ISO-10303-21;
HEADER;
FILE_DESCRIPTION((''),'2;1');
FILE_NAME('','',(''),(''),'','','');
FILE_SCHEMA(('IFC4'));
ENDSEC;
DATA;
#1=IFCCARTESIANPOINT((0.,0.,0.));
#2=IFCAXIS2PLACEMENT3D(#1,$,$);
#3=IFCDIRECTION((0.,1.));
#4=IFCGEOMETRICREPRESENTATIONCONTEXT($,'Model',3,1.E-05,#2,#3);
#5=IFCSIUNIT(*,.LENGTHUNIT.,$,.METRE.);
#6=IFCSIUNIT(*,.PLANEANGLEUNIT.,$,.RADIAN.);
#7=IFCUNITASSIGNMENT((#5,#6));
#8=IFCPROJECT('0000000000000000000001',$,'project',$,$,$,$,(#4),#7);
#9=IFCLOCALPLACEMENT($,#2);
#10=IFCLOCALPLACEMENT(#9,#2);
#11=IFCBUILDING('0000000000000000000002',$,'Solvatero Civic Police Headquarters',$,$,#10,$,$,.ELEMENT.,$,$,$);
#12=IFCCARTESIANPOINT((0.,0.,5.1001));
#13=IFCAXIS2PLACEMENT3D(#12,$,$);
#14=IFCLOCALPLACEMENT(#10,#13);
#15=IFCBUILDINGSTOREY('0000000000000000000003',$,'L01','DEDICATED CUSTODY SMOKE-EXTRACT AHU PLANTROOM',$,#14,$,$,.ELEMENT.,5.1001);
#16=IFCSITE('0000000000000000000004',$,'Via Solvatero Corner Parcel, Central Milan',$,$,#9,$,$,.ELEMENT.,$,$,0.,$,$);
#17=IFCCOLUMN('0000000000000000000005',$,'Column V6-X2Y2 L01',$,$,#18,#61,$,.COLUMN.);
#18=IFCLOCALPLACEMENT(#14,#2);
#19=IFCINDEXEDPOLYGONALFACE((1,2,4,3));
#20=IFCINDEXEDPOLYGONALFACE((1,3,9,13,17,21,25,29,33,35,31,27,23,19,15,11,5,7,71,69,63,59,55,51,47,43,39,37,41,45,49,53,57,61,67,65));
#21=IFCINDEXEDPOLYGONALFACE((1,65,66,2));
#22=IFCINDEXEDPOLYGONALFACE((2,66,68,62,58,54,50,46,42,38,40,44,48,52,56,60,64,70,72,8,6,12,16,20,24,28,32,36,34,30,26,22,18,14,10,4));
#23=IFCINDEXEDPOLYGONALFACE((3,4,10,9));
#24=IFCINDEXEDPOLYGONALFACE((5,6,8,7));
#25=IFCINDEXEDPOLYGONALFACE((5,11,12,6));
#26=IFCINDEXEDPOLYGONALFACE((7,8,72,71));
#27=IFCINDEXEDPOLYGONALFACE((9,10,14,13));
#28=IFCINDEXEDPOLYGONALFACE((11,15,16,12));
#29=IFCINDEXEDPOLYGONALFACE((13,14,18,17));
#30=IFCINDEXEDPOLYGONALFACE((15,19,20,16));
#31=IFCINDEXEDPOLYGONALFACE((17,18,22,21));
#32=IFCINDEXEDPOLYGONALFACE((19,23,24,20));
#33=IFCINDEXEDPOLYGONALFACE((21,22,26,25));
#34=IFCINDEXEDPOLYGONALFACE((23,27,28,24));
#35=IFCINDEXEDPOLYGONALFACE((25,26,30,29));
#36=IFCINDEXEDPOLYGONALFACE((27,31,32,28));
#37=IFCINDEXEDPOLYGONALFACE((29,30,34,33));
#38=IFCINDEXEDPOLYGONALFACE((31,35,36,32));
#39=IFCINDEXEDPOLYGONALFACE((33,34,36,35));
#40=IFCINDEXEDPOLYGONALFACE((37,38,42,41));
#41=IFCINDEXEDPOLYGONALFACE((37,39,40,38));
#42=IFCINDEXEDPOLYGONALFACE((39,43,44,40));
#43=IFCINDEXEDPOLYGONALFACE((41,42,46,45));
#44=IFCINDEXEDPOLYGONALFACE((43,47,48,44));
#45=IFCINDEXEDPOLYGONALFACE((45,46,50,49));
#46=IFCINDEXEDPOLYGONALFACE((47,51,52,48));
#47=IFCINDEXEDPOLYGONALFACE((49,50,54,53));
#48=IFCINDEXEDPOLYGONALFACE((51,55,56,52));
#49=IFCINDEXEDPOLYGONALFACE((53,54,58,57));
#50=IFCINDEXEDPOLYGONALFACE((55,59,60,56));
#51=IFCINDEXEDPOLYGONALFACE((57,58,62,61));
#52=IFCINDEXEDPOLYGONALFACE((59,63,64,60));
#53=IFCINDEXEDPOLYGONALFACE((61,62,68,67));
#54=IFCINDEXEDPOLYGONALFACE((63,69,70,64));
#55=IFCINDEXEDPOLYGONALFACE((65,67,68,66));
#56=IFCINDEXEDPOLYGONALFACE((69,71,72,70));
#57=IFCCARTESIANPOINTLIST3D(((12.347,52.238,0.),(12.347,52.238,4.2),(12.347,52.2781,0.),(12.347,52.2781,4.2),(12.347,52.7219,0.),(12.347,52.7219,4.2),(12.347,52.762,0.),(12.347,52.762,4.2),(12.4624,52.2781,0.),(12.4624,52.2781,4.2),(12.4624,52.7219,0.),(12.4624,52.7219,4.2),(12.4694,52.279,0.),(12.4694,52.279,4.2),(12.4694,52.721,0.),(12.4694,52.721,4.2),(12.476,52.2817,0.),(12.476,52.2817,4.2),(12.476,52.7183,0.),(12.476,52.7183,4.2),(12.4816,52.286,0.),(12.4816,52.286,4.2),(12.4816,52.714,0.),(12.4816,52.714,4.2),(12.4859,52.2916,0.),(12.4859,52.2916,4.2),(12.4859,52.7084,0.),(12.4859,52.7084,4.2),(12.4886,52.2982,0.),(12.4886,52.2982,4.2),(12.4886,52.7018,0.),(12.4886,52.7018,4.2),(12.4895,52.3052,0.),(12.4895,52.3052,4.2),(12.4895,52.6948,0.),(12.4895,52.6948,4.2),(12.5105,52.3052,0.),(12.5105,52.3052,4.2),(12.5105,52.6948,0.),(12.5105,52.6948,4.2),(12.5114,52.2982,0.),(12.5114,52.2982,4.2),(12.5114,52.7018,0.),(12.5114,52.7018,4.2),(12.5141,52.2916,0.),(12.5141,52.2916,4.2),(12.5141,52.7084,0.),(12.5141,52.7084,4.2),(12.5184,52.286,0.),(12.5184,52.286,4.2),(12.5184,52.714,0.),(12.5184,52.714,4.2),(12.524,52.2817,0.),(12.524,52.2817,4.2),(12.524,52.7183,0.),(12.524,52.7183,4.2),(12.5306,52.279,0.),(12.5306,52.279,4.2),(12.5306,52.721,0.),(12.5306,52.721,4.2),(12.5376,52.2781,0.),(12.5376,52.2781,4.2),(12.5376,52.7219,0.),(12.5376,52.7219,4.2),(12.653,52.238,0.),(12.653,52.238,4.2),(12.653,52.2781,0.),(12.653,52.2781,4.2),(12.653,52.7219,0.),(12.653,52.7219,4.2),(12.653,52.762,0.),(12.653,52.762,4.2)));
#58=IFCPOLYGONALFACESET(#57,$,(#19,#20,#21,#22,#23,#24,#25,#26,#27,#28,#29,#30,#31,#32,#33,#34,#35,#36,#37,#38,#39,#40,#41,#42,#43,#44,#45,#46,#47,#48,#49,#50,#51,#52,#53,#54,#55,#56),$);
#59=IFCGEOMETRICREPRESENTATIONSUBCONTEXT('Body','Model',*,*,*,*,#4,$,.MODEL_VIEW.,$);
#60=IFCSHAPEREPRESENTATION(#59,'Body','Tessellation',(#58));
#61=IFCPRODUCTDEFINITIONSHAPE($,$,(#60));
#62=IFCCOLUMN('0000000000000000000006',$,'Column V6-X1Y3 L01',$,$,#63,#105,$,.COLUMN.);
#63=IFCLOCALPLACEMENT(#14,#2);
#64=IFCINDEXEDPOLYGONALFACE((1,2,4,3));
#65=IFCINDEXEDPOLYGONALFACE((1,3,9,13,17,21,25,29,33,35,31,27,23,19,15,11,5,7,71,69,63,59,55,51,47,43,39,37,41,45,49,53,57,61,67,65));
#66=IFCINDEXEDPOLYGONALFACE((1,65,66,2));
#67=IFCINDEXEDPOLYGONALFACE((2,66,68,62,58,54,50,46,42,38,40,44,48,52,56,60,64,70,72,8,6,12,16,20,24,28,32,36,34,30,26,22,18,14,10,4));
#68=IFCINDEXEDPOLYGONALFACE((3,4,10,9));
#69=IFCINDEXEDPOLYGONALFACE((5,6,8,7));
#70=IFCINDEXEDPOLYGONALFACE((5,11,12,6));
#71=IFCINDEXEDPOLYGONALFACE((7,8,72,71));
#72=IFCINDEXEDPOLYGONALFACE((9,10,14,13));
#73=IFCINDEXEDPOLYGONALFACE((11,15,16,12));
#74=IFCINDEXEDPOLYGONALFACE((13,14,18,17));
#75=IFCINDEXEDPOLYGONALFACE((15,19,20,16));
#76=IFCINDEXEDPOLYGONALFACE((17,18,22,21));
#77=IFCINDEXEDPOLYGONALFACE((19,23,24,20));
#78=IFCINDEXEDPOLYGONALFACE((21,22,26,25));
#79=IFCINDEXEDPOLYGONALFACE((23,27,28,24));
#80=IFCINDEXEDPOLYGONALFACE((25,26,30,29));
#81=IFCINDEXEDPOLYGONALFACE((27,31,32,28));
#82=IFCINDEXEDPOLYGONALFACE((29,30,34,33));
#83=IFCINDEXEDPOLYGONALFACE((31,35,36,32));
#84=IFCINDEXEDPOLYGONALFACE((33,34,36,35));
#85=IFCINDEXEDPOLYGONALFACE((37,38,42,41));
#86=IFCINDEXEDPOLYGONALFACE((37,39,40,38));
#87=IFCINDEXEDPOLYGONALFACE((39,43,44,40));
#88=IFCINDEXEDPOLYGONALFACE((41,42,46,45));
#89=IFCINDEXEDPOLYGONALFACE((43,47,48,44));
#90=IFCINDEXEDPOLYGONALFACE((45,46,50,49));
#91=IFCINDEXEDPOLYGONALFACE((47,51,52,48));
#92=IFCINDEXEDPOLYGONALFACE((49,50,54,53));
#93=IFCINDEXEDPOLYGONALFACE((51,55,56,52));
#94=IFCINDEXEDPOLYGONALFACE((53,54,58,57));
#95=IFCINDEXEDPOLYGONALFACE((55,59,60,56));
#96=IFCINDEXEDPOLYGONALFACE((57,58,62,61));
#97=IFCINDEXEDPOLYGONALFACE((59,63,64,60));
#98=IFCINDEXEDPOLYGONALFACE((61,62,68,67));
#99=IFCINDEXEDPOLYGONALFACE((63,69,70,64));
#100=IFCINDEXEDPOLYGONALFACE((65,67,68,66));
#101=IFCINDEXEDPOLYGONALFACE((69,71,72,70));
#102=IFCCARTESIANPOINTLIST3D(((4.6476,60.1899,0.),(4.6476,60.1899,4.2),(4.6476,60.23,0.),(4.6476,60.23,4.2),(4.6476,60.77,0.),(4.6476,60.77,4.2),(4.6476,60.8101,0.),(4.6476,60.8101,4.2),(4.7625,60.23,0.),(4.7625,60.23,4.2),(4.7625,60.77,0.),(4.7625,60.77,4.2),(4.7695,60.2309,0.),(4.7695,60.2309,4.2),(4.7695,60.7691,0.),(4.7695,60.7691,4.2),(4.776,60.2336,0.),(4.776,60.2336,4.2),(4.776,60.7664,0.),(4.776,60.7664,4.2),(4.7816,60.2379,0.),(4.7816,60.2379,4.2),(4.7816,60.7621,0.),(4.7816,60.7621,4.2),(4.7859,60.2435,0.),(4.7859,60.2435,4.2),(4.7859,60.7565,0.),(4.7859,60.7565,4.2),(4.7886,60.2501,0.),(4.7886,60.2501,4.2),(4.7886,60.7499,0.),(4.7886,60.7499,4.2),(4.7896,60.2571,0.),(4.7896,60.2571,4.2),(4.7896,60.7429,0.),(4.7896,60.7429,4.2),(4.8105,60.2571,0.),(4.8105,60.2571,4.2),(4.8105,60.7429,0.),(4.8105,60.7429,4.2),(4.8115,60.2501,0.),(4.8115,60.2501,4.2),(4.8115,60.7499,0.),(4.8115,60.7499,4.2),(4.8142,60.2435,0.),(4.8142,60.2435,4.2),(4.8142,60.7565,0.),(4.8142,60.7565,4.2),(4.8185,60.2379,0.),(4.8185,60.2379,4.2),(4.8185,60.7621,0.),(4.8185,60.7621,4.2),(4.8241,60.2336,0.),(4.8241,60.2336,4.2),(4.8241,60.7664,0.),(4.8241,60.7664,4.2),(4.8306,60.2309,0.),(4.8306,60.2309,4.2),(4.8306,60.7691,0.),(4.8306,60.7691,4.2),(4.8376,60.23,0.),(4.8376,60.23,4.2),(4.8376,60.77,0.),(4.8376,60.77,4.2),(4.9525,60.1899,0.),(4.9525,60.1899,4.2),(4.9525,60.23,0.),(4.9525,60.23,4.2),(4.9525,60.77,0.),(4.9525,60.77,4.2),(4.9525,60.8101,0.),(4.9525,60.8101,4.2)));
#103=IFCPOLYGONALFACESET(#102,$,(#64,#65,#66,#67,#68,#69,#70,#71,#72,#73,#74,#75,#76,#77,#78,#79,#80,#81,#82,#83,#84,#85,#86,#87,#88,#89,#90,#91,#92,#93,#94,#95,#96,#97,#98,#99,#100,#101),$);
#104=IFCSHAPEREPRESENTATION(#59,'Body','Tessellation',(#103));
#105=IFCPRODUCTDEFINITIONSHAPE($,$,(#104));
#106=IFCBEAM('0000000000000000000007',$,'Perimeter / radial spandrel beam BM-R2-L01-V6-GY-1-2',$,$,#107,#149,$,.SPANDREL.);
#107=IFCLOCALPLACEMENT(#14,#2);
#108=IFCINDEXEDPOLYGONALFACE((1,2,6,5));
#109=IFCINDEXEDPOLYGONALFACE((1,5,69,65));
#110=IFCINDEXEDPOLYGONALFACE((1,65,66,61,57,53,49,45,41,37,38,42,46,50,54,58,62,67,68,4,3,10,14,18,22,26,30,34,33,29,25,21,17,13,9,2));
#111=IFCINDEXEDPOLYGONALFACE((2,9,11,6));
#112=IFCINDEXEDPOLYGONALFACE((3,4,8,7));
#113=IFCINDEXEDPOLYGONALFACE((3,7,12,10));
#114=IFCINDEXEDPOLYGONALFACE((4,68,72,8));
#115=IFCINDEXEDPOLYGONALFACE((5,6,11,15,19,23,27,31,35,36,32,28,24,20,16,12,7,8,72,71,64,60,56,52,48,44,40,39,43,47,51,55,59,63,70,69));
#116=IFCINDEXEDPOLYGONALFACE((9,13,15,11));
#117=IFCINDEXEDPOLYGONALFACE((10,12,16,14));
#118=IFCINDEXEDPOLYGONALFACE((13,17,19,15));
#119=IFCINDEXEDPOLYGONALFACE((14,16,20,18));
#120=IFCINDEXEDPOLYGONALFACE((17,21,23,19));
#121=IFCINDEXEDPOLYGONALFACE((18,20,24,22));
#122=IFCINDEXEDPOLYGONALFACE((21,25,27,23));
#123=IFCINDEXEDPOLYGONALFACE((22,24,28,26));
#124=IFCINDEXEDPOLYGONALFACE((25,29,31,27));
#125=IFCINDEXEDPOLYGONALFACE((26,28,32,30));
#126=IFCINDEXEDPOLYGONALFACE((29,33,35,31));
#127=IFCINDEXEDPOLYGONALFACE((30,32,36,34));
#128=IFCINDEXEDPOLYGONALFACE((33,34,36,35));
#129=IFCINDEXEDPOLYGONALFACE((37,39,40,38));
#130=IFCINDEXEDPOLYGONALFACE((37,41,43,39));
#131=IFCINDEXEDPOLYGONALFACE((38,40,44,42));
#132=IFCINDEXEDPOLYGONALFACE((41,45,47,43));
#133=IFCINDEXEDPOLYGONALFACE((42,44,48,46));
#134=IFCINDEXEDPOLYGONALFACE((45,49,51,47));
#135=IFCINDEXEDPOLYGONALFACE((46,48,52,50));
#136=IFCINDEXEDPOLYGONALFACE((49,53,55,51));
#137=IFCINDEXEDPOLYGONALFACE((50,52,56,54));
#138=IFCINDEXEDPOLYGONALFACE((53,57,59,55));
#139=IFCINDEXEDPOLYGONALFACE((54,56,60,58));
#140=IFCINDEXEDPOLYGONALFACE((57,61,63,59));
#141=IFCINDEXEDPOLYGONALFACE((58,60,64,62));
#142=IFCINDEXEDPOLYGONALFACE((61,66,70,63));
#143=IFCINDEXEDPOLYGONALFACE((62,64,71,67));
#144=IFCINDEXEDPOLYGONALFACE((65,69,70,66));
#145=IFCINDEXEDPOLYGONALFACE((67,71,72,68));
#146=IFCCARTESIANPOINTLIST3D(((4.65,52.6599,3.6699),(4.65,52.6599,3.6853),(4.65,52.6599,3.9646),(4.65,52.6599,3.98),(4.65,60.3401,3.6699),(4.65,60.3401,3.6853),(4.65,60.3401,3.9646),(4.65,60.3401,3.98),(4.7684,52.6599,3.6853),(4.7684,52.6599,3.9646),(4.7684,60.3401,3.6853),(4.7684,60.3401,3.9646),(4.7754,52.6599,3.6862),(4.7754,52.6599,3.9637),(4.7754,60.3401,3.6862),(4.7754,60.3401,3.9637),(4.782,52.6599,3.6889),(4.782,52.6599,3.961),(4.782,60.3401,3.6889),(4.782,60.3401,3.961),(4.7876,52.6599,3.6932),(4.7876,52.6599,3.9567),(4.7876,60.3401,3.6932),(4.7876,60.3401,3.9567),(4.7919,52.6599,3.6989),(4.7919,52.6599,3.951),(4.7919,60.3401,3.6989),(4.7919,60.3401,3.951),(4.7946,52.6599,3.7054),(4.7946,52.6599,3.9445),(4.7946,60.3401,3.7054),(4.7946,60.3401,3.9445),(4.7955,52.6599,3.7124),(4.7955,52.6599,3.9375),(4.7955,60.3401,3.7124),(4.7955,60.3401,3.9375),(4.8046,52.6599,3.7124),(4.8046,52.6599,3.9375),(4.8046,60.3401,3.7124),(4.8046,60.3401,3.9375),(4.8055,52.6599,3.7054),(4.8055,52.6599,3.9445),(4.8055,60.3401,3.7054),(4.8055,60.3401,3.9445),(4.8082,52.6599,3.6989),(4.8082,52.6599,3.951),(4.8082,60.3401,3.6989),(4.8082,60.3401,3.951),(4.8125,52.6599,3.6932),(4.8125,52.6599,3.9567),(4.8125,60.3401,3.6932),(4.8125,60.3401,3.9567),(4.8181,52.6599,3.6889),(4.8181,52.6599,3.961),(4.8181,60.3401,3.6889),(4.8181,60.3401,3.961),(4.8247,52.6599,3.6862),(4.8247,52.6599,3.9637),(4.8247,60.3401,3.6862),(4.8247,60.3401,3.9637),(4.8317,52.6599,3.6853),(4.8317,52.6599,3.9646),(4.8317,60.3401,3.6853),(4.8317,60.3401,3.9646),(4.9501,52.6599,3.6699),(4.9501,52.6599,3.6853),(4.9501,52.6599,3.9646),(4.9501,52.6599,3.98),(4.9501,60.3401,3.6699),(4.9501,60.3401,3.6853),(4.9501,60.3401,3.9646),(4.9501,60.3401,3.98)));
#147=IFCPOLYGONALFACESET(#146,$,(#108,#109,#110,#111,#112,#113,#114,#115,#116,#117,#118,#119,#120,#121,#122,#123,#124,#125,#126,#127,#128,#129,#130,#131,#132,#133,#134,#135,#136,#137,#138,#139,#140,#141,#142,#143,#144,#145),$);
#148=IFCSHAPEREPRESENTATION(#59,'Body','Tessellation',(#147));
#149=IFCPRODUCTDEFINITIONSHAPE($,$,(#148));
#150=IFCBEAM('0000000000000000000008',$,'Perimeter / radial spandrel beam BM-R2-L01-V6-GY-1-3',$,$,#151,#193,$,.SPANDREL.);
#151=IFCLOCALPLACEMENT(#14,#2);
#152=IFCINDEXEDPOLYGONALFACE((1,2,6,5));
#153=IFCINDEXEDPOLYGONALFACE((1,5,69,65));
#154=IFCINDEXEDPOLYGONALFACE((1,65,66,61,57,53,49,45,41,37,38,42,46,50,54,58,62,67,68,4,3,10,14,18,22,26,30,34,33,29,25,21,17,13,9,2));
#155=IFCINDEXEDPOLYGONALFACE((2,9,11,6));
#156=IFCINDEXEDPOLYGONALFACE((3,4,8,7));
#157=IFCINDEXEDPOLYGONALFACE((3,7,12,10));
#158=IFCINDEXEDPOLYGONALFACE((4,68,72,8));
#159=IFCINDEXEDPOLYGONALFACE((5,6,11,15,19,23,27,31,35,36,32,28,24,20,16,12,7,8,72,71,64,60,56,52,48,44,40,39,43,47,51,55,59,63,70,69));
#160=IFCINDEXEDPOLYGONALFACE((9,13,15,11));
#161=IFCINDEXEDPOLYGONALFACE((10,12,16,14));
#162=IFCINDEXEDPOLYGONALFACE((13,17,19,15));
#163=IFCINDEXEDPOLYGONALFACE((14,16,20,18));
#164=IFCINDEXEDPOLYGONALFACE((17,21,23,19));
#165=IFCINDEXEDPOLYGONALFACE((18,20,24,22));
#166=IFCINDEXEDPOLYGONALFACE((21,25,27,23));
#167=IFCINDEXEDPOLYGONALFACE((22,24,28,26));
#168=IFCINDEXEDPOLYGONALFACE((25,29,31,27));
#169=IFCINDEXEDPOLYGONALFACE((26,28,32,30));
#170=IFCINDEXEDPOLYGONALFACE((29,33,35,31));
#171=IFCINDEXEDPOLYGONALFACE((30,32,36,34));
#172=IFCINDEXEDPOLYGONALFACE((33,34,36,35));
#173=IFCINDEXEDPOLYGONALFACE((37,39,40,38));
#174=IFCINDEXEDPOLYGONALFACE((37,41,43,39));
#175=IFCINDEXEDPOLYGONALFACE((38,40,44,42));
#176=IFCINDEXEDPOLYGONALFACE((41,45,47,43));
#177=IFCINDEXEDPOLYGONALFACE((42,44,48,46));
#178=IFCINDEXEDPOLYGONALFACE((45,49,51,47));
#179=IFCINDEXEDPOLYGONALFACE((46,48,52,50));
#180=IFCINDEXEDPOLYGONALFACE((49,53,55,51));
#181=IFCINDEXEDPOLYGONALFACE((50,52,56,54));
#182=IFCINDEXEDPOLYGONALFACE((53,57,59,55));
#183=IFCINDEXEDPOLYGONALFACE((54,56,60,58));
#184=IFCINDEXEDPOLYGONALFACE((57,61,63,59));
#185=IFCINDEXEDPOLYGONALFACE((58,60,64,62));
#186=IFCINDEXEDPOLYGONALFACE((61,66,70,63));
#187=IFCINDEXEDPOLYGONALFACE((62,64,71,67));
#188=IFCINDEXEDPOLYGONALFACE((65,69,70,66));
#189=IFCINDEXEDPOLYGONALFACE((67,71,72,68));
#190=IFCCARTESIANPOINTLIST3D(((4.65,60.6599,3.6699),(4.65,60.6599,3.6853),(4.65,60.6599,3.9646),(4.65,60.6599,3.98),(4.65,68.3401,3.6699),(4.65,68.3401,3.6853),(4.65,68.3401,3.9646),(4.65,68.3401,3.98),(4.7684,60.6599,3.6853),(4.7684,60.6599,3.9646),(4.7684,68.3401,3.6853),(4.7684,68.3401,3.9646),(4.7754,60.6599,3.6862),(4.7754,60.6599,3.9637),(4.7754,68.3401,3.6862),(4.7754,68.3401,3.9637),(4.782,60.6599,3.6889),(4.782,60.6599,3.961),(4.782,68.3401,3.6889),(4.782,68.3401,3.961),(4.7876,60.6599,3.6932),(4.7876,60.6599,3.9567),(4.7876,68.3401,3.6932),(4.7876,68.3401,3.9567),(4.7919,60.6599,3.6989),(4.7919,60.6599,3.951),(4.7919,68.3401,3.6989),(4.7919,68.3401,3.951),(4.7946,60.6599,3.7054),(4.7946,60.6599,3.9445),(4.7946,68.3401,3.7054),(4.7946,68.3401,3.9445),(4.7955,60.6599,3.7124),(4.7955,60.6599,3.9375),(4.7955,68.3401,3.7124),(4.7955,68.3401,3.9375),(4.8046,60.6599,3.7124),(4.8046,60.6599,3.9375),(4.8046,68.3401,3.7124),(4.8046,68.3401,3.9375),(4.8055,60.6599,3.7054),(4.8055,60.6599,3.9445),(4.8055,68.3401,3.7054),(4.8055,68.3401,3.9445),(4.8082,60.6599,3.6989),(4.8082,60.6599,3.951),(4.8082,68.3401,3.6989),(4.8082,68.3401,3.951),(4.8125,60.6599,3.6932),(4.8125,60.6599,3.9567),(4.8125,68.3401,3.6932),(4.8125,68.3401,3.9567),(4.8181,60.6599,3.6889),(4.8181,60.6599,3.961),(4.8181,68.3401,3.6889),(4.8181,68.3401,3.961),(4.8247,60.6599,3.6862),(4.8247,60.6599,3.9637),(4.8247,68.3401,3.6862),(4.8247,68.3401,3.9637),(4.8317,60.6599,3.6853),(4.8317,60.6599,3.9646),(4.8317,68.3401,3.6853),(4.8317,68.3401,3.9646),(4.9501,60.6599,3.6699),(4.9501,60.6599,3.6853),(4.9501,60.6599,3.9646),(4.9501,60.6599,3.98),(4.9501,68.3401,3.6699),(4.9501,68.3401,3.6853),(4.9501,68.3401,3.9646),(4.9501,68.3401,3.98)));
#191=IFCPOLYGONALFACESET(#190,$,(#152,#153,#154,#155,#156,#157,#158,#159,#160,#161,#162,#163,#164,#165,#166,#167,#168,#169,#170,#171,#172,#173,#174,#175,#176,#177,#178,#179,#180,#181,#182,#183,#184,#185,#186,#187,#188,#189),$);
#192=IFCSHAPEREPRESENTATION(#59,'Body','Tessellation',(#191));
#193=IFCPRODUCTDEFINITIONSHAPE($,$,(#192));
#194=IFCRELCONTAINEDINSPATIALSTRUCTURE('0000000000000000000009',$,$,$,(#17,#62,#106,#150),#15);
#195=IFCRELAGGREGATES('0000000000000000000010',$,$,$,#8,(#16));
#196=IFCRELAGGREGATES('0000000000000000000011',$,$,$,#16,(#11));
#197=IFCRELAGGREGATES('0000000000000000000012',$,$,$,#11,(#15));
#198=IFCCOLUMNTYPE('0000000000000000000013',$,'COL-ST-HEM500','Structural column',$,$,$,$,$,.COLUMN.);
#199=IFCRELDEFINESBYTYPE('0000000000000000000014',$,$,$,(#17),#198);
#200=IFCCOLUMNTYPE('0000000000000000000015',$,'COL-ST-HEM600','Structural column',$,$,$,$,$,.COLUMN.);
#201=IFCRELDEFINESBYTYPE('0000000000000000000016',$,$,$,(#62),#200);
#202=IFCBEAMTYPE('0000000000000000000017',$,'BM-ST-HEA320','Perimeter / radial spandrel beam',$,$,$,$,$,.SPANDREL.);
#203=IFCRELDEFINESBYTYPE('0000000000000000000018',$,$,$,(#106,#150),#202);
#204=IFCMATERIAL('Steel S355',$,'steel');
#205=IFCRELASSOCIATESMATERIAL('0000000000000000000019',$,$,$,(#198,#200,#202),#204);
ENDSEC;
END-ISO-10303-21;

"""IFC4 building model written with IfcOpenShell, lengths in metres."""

from ifc_helpers import new_model, si_unit, direction, frame, origin, origin_2d, place, context, subcontext, project, spatial, i_section, extrude, material, material_profile, profile_set, type_object, element, save


model = new_model("IFC4")

# Units and contexts
model_context = context("Model", 3, precision=1e-05, world=origin(), true_north=direction((0.0, 1.0)))
body_context = subcontext(model_context, "Body", "Model", "MODEL_VIEW")
ifc_project = project(units=[si_unit("LENGTHUNIT", "METRE"), si_unit("PLANEANGLEUNIT", "RADIAN")], contexts=[model_context])

# Site, building, storey
site_placement = place(None, origin())
site = spatial("IfcSite", under=ifc_project, at=site_placement, Name="Via Solvatero Corner Parcel, Central Milan", CompositionType="ELEMENT", RefElevation=0.0)
building_placement = place(site_placement, origin())
building = spatial("IfcBuilding", under=site, at=building_placement, Name="Solvatero Civic Police Headquarters", CompositionType="ELEMENT")
storey_placement = place(building_placement, frame((0.0, 0.0, 5.1001)))
storey = spatial("IfcBuildingStorey", under=building, at=storey_placement, Name="L01", Description="DEDICATED CUSTODY SMOKE-EXTRACT AHU PLANTROOM", CompositionType="ELEMENT", Elevation=5.1001)

# Columns
ifc_material_1 = material(Name="Steel S355", Category="steel")
ifc_material_profile_1 = material_profile(ifc_material_1, i_section(OverallWidth=0.3059, OverallDepth=0.5239, WebThickness=0.021, FlangeThickness=0.04, FilletRadius=0.0271, at=origin_2d()), Name="HEM 500")
ifc_profile_set_1 = profile_set([ifc_material_profile_1], Name="Steel S355")
column_type_1 = type_object("IfcColumnType", Name="COL-ST-HEM500", Description="Structural column", PredefinedType="COLUMN", material=ifc_profile_set_1)
column_1_placement = place(storey_placement, frame((12.5, 52.5, 0.0), z_axis=(0.0, 0.0, 1.0), x_axis=(1.0, 0.0, 0.0)))
element("IfcColumn", 1, at=column_1_placement, inside=storey, type_object=column_type_1, Name="Column V6-X2Y2 L01", PredefinedType="COLUMN", context=body_context, shape_type="SweptSolid", body=[
    extrude(i_section(OverallWidth=0.3059, OverallDepth=0.5239, WebThickness=0.021, FlangeThickness=0.04, FilletRadius=0.0271, at=origin_2d()), origin(), (0.0, 0.0, 1.0), 4.2),
])
ifc_material_profile_2 = material_profile(ifc_material_1, i_section(OverallWidth=0.3049, OverallDepth=0.6201, WebThickness=0.021, FlangeThickness=0.04, FilletRadius=0.0271, at=origin_2d()), Name="HEM 600")
ifc_profile_set_2 = profile_set([ifc_material_profile_2], Name="Steel S355")
column_type_2 = type_object("IfcColumnType", Name="COL-ST-HEM600", Description="Structural column", PredefinedType="COLUMN", material=ifc_profile_set_2)
column_2_placement = place(storey_placement, frame((4.8, 60.5, 0.0), z_axis=(0.0, 0.0, 1.0), x_axis=(1.0, 0.0, 0.0)))
element("IfcColumn", 2, at=column_2_placement, inside=storey, type_object=column_type_2, Name="Column V6-X1Y3 L01", PredefinedType="COLUMN", context=body_context, shape_type="SweptSolid", body=[
    extrude(i_section(OverallWidth=0.3049, OverallDepth=0.6201, WebThickness=0.021, FlangeThickness=0.04, FilletRadius=0.0271, at=origin_2d()), origin(), (0.0, 0.0, 1.0), 4.2),
])

# Beams
ifc_material_profile_3 = material_profile(ifc_material_1, i_section(OverallWidth=0.3, OverallDepth=0.3101, WebThickness=0.009, FlangeThickness=0.0154, FilletRadius=0.0271, at=origin_2d()), Name="HEA 320")
ifc_profile_set_3 = profile_set([ifc_material_profile_3], Name="Steel S355")
beam_type_1 = type_object("IfcBeamType", Name="BM-ST-HEA320", Description="Perimeter / radial spandrel beam", PredefinedType="SPANDREL", material=ifc_profile_set_3)
for number, where, z_axis, x_axis, name in (
    (3, (4.8, 52.6599, 3.825), (0.0, 1.0, 0.0), (-1.0, 0.0, 0.0), "Perimeter / radial spandrel beam BM-R2-L01-V6-GY-1-2"),
    (4, (4.8, 60.6599, 3.825), (0.0, 1.0, 0.0), (-1.0, 0.0, 0.0), "Perimeter / radial spandrel beam BM-R2-L01-V6-GY-1-3"),
):
    element("IfcBeam", number, at=place(storey_placement, frame(where, z_axis=z_axis, x_axis=x_axis)), inside=storey, type_object=beam_type_1, Name=name, PredefinedType="SPANDREL", context=body_context, shape_type="SweptSolid", body=[
        extrude(i_section(OverallWidth=0.3, OverallDepth=0.3101, WebThickness=0.009, FlangeThickness=0.0154, FilletRadius=0.0271, at=origin_2d()), origin(), (0.0, 0.0, 1.0), 7.6802),
    ])

save(model, "model.ifc")
